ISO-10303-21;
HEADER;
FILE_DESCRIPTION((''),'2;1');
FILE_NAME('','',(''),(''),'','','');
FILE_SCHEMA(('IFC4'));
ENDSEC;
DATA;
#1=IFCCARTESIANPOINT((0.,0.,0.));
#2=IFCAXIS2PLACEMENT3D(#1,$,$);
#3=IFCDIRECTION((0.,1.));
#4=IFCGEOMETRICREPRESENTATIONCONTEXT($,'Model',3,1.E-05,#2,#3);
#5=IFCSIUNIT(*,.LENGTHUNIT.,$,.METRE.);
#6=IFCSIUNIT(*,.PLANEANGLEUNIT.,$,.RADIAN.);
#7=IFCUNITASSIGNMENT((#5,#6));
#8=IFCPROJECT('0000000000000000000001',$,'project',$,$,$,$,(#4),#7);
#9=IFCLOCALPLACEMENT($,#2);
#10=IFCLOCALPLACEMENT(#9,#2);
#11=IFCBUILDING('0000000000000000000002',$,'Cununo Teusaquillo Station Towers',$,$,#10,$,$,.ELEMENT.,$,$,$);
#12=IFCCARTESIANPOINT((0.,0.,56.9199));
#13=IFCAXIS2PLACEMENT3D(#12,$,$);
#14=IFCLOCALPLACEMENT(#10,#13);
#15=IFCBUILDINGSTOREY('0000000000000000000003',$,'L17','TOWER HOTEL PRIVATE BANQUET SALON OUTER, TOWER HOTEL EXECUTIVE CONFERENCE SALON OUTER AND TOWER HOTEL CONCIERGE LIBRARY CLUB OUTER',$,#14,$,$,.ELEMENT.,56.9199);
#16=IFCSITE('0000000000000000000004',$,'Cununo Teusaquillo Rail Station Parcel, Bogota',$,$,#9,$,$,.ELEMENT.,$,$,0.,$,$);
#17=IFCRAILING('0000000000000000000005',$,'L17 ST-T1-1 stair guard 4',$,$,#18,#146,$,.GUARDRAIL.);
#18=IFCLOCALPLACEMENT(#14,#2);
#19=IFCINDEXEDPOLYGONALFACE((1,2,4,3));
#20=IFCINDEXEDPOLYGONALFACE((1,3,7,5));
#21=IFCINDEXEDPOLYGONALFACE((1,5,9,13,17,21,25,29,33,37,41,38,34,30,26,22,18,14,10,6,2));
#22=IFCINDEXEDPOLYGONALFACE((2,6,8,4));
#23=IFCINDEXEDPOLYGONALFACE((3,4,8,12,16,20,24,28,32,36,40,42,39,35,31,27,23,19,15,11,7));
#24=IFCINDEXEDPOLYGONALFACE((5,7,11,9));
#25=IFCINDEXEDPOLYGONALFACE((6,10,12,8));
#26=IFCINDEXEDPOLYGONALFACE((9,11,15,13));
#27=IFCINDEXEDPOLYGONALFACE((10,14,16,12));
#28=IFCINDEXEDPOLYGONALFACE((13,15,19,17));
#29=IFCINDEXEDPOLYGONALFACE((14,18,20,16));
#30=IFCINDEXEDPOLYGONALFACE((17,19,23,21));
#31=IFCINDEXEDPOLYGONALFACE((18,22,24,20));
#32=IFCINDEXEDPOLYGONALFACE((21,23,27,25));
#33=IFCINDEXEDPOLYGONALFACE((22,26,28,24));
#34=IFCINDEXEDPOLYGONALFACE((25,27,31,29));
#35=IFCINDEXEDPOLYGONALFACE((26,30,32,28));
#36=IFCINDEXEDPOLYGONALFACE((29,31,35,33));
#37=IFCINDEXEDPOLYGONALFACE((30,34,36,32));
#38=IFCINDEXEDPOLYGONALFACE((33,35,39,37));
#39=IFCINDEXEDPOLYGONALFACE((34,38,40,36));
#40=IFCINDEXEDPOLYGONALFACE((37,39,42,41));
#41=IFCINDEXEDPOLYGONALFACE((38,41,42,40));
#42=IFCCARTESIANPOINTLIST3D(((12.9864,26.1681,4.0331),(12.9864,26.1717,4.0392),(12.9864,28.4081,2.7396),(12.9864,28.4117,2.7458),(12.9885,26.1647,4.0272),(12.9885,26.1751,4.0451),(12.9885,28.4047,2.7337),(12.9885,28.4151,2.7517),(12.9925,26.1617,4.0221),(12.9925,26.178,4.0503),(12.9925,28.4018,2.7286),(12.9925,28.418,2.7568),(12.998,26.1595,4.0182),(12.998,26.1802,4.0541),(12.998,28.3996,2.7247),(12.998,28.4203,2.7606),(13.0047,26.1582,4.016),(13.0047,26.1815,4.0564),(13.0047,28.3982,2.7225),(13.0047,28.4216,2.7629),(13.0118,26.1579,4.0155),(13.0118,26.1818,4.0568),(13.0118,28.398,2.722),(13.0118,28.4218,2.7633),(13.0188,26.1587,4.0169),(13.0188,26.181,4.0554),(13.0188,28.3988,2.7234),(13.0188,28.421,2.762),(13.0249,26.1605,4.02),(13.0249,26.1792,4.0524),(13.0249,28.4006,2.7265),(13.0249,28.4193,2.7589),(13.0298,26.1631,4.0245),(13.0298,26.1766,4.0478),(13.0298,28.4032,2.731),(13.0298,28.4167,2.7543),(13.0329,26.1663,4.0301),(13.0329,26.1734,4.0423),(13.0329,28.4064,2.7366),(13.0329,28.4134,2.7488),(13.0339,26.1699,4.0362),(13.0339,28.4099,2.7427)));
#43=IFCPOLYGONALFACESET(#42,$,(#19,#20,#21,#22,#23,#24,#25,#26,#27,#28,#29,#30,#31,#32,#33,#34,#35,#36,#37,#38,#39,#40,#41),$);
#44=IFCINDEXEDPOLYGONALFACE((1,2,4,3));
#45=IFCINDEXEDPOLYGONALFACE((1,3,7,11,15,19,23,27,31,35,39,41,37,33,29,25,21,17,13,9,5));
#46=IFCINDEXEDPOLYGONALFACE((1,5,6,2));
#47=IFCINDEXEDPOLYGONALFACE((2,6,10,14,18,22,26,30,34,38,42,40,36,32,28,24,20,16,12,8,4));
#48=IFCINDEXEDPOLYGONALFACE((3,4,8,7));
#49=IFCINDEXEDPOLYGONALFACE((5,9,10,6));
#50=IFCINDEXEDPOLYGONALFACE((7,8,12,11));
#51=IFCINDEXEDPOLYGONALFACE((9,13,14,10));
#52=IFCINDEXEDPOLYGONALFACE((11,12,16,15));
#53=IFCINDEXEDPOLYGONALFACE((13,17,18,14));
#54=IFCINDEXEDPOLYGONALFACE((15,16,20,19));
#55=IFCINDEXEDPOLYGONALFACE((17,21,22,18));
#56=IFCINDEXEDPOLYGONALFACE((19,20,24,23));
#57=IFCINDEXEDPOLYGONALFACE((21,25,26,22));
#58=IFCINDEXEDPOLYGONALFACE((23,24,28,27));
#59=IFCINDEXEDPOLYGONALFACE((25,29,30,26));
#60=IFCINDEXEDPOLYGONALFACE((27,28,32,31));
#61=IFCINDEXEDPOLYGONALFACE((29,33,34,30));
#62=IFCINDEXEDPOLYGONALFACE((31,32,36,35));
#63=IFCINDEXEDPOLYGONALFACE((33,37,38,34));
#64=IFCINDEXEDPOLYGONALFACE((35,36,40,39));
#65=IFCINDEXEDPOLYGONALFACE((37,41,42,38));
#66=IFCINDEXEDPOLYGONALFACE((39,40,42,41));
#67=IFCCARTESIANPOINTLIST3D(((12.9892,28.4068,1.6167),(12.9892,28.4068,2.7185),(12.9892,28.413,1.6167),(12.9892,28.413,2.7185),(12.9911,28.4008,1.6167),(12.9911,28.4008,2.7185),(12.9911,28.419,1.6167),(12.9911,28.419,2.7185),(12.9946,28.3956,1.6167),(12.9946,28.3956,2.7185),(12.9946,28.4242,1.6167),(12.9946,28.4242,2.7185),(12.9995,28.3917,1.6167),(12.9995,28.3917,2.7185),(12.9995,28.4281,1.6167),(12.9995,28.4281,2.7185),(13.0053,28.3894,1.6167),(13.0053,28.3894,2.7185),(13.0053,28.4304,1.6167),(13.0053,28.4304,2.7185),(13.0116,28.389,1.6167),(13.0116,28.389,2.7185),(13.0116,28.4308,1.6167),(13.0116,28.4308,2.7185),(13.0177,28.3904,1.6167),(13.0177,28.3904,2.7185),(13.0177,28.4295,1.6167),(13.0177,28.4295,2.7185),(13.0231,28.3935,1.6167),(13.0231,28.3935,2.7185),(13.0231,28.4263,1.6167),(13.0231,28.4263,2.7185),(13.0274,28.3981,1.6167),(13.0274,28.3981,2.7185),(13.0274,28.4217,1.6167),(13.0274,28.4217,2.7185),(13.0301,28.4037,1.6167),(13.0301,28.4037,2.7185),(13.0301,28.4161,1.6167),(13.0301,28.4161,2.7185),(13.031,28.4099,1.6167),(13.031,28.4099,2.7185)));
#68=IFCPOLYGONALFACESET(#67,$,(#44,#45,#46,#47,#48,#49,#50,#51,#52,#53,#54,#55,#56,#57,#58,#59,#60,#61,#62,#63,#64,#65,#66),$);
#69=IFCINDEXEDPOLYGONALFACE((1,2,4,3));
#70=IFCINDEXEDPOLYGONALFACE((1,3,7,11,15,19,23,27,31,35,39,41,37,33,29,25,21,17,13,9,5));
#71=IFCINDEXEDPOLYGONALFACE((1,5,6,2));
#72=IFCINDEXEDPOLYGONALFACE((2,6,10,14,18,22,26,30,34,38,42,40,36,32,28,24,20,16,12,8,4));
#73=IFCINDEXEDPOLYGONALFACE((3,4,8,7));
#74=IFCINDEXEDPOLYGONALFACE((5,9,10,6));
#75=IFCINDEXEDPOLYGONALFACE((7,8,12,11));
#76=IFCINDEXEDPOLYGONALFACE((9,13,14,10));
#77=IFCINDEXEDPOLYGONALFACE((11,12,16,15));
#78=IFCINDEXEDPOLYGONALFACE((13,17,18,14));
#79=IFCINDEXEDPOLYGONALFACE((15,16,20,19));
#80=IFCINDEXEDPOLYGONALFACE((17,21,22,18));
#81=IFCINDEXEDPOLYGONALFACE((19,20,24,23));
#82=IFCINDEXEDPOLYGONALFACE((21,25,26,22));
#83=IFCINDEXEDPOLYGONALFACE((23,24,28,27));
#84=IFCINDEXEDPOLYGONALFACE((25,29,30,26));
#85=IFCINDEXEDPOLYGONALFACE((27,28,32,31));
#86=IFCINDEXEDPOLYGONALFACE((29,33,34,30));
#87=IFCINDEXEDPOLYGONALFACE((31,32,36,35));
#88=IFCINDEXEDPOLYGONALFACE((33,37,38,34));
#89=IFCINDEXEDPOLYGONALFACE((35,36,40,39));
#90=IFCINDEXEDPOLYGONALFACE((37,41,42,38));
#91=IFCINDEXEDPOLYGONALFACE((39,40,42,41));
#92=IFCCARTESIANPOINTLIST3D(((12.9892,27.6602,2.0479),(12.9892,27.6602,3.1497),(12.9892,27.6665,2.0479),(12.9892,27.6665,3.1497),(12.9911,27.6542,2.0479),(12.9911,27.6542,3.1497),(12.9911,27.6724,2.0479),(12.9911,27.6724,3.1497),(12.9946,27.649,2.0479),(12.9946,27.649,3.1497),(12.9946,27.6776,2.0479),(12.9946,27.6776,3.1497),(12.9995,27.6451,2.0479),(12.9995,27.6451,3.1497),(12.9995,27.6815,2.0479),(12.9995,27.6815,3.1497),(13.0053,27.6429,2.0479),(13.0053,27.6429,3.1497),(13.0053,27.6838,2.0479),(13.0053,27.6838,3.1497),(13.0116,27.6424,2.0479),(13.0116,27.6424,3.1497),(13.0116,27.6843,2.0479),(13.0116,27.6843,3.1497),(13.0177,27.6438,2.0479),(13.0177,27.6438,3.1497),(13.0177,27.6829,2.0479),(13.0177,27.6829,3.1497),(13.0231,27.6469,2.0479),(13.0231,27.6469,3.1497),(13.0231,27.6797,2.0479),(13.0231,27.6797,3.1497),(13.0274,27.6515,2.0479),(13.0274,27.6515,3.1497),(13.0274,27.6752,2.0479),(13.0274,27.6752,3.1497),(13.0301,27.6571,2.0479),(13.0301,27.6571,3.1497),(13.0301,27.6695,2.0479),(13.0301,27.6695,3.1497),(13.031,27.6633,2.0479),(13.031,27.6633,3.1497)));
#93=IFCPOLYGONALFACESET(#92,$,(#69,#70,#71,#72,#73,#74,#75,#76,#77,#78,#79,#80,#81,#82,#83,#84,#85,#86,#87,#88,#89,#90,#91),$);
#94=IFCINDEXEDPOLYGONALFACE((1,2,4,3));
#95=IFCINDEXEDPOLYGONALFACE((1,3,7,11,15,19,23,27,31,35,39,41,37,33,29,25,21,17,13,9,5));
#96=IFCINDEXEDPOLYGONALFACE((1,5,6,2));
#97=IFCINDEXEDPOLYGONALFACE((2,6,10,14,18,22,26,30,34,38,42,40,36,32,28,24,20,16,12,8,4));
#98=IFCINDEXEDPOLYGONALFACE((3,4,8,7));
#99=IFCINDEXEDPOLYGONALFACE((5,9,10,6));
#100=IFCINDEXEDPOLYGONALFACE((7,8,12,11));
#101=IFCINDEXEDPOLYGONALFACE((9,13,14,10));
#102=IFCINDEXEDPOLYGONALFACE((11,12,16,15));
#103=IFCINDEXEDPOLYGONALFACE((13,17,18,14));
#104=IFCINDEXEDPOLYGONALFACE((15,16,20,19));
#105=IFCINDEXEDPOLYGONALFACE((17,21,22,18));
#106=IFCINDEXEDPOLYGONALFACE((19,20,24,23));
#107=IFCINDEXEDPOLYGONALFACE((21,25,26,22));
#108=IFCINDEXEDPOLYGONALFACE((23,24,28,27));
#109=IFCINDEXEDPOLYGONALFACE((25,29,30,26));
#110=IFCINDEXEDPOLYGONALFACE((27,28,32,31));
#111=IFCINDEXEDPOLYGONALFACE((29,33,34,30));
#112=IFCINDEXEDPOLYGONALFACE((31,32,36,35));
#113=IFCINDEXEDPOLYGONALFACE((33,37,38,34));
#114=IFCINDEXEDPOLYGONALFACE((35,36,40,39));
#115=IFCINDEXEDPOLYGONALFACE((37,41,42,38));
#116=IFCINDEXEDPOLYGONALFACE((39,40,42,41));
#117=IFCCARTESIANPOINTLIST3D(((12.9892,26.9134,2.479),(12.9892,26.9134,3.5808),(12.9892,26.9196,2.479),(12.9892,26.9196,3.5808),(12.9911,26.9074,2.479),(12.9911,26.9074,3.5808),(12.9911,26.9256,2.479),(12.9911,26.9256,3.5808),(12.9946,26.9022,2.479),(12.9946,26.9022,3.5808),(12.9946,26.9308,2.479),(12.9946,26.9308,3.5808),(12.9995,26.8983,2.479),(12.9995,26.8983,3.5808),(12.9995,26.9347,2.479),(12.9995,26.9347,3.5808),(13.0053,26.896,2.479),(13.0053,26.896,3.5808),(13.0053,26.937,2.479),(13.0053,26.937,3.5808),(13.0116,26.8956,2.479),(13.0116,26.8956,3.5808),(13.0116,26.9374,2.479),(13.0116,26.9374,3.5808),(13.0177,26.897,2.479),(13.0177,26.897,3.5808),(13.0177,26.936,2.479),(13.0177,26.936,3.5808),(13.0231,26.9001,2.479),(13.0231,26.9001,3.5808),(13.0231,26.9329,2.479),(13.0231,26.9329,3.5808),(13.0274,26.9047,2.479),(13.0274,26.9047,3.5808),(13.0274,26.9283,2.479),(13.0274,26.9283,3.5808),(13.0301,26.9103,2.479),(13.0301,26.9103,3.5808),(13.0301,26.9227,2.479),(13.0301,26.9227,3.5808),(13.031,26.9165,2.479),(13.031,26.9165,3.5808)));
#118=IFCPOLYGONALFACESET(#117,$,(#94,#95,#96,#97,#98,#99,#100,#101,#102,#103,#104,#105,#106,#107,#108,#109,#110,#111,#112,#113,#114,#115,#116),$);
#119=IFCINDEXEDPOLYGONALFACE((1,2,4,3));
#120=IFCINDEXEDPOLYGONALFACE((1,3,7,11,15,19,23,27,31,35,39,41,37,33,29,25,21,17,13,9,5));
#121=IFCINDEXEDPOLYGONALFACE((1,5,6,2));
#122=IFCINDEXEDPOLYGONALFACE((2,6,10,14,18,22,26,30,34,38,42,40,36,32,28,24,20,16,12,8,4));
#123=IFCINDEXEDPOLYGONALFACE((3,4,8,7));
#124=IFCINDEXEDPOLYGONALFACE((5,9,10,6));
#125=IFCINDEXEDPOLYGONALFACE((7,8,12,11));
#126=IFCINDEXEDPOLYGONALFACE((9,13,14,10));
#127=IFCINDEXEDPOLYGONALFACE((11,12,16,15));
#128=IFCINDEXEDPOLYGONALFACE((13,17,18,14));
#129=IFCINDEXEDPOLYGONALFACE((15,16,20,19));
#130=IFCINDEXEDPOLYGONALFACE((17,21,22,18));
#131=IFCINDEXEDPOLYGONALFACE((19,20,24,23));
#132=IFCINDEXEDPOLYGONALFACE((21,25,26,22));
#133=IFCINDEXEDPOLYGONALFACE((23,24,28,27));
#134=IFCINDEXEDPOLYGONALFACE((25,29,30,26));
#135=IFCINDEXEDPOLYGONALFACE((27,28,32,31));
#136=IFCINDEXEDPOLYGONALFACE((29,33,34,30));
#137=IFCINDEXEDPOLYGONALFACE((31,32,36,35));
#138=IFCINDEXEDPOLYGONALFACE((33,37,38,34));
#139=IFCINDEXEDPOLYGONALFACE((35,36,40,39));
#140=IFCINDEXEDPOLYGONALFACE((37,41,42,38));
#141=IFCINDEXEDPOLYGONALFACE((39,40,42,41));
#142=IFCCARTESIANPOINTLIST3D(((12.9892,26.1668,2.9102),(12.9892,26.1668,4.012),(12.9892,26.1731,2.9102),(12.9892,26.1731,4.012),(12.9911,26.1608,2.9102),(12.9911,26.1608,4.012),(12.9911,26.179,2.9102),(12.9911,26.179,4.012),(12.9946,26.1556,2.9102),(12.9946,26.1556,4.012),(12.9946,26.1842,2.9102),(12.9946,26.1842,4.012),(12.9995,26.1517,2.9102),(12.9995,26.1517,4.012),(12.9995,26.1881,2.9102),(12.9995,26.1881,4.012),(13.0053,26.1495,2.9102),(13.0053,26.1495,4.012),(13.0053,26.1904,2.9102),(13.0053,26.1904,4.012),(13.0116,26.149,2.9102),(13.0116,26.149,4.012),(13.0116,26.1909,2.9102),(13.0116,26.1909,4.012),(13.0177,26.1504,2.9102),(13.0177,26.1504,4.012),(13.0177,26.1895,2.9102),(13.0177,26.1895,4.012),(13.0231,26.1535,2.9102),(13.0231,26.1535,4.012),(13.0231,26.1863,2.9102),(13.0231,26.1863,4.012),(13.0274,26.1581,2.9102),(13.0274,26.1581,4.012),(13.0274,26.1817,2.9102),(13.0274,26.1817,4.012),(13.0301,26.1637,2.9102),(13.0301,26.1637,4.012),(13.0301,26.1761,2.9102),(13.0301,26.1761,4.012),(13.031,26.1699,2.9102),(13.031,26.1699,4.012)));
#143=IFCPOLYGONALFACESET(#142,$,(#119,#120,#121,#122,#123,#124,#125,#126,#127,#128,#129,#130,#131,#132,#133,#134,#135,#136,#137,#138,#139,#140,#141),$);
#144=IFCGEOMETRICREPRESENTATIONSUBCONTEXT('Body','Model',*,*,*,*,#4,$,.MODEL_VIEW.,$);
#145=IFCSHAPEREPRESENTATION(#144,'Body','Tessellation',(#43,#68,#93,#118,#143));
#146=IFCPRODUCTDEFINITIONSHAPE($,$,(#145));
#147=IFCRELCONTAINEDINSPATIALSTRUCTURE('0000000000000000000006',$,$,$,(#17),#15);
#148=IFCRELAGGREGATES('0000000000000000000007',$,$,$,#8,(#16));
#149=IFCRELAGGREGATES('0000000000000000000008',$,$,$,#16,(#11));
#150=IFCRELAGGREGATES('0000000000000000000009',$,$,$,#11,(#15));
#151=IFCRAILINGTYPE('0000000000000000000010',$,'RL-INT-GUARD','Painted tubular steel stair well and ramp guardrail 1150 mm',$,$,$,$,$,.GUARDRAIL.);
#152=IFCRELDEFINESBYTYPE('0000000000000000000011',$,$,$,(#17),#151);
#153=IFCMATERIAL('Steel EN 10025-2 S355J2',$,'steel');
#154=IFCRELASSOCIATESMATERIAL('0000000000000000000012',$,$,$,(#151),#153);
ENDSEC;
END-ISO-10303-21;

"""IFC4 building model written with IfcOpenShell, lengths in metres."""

from ifc_helpers import new_model, si_unit, direction, frame, origin, origin_2d, place, context, subcontext, project, spatial, circle, extrude, material, type_object, element, save


model = new_model("IFC4")

# Units and contexts
model_context = context("Model", 3, precision=1e-05, world=origin(), true_north=direction((0.0, 1.0)))
body_context = subcontext(model_context, "Body", "Model", "MODEL_VIEW")
ifc_project = project(units=[si_unit("LENGTHUNIT", "METRE"), si_unit("PLANEANGLEUNIT", "RADIAN")], contexts=[model_context])

# Site, building, storey
site_placement = place(None, origin())
site = spatial("IfcSite", under=ifc_project, at=site_placement, Name="Cununo Teusaquillo Rail Station Parcel, Bogota", CompositionType="ELEMENT", RefElevation=0.0)
building_placement = place(site_placement, origin())
building = spatial("IfcBuilding", under=site, at=building_placement, Name="Cununo Teusaquillo Station Towers", CompositionType="ELEMENT")
storey_placement = place(building_placement, frame((0.0, 0.0, 56.9199)))
storey = spatial("IfcBuildingStorey", under=building, at=storey_placement, Name="L17", Description="TOWER HOTEL PRIVATE BANQUET SALON OUTER, TOWER HOTEL EXECUTIVE CONFERENCE SALON OUTER AND TOWER HOTEL CONCIERGE LIBRARY CLUB OUTER", CompositionType="ELEMENT", Elevation=56.9199)

# Railing
ifc_material_1 = material(Name="Steel EN 10025-2 S355J2", Category="steel")
railing_type_1 = type_object("IfcRailingType", Name="RL-INT-GUARD", Description="Painted tubular steel stair well and ramp guardrail 1150 mm", PredefinedType="GUARDRAIL", material=ifc_material_1)
railing_1_placement = place(storey_placement, frame((13.01, 28.4099, 1.6167)))
element("IfcRailing", 1, at=railing_1_placement, inside=storey, type_object=railing_type_1, Name="L17 ST-T1-1 stair guard 4", PredefinedType="GUARDRAIL", context=body_context, shape_type="SweptSolid", body=[
    extrude(circle(Radius=0.0239, at=origin_2d()), frame((0.0, 0.0, 1.126), z_axis=(0.0, -0.865992, 0.500057), x_axis=(1.0, 0.0, 0.0)), (0.0, 0.0, 1.0), 2.5867),
    extrude(circle(Radius=0.021, at=origin_2d()), origin(), (0.0, 0.0, 1.0), 1.1018),
    extrude(circle(Radius=0.021, at=origin_2d()), frame((0.0, -0.7466, 0.4312)), (0.0, 0.0, 1.0), 1.1018),
    extrude(circle(Radius=0.021, at=origin_2d()), frame((0.0, -1.4934, 0.8623)), (0.0, 0.0, 1.0), 1.1018),
    extrude(circle(Radius=0.021, at=origin_2d()), frame((0.0, -2.24, 1.2935)), (0.0, 0.0, 1.0), 1.1018),
])

save(model, "model.ifc")
